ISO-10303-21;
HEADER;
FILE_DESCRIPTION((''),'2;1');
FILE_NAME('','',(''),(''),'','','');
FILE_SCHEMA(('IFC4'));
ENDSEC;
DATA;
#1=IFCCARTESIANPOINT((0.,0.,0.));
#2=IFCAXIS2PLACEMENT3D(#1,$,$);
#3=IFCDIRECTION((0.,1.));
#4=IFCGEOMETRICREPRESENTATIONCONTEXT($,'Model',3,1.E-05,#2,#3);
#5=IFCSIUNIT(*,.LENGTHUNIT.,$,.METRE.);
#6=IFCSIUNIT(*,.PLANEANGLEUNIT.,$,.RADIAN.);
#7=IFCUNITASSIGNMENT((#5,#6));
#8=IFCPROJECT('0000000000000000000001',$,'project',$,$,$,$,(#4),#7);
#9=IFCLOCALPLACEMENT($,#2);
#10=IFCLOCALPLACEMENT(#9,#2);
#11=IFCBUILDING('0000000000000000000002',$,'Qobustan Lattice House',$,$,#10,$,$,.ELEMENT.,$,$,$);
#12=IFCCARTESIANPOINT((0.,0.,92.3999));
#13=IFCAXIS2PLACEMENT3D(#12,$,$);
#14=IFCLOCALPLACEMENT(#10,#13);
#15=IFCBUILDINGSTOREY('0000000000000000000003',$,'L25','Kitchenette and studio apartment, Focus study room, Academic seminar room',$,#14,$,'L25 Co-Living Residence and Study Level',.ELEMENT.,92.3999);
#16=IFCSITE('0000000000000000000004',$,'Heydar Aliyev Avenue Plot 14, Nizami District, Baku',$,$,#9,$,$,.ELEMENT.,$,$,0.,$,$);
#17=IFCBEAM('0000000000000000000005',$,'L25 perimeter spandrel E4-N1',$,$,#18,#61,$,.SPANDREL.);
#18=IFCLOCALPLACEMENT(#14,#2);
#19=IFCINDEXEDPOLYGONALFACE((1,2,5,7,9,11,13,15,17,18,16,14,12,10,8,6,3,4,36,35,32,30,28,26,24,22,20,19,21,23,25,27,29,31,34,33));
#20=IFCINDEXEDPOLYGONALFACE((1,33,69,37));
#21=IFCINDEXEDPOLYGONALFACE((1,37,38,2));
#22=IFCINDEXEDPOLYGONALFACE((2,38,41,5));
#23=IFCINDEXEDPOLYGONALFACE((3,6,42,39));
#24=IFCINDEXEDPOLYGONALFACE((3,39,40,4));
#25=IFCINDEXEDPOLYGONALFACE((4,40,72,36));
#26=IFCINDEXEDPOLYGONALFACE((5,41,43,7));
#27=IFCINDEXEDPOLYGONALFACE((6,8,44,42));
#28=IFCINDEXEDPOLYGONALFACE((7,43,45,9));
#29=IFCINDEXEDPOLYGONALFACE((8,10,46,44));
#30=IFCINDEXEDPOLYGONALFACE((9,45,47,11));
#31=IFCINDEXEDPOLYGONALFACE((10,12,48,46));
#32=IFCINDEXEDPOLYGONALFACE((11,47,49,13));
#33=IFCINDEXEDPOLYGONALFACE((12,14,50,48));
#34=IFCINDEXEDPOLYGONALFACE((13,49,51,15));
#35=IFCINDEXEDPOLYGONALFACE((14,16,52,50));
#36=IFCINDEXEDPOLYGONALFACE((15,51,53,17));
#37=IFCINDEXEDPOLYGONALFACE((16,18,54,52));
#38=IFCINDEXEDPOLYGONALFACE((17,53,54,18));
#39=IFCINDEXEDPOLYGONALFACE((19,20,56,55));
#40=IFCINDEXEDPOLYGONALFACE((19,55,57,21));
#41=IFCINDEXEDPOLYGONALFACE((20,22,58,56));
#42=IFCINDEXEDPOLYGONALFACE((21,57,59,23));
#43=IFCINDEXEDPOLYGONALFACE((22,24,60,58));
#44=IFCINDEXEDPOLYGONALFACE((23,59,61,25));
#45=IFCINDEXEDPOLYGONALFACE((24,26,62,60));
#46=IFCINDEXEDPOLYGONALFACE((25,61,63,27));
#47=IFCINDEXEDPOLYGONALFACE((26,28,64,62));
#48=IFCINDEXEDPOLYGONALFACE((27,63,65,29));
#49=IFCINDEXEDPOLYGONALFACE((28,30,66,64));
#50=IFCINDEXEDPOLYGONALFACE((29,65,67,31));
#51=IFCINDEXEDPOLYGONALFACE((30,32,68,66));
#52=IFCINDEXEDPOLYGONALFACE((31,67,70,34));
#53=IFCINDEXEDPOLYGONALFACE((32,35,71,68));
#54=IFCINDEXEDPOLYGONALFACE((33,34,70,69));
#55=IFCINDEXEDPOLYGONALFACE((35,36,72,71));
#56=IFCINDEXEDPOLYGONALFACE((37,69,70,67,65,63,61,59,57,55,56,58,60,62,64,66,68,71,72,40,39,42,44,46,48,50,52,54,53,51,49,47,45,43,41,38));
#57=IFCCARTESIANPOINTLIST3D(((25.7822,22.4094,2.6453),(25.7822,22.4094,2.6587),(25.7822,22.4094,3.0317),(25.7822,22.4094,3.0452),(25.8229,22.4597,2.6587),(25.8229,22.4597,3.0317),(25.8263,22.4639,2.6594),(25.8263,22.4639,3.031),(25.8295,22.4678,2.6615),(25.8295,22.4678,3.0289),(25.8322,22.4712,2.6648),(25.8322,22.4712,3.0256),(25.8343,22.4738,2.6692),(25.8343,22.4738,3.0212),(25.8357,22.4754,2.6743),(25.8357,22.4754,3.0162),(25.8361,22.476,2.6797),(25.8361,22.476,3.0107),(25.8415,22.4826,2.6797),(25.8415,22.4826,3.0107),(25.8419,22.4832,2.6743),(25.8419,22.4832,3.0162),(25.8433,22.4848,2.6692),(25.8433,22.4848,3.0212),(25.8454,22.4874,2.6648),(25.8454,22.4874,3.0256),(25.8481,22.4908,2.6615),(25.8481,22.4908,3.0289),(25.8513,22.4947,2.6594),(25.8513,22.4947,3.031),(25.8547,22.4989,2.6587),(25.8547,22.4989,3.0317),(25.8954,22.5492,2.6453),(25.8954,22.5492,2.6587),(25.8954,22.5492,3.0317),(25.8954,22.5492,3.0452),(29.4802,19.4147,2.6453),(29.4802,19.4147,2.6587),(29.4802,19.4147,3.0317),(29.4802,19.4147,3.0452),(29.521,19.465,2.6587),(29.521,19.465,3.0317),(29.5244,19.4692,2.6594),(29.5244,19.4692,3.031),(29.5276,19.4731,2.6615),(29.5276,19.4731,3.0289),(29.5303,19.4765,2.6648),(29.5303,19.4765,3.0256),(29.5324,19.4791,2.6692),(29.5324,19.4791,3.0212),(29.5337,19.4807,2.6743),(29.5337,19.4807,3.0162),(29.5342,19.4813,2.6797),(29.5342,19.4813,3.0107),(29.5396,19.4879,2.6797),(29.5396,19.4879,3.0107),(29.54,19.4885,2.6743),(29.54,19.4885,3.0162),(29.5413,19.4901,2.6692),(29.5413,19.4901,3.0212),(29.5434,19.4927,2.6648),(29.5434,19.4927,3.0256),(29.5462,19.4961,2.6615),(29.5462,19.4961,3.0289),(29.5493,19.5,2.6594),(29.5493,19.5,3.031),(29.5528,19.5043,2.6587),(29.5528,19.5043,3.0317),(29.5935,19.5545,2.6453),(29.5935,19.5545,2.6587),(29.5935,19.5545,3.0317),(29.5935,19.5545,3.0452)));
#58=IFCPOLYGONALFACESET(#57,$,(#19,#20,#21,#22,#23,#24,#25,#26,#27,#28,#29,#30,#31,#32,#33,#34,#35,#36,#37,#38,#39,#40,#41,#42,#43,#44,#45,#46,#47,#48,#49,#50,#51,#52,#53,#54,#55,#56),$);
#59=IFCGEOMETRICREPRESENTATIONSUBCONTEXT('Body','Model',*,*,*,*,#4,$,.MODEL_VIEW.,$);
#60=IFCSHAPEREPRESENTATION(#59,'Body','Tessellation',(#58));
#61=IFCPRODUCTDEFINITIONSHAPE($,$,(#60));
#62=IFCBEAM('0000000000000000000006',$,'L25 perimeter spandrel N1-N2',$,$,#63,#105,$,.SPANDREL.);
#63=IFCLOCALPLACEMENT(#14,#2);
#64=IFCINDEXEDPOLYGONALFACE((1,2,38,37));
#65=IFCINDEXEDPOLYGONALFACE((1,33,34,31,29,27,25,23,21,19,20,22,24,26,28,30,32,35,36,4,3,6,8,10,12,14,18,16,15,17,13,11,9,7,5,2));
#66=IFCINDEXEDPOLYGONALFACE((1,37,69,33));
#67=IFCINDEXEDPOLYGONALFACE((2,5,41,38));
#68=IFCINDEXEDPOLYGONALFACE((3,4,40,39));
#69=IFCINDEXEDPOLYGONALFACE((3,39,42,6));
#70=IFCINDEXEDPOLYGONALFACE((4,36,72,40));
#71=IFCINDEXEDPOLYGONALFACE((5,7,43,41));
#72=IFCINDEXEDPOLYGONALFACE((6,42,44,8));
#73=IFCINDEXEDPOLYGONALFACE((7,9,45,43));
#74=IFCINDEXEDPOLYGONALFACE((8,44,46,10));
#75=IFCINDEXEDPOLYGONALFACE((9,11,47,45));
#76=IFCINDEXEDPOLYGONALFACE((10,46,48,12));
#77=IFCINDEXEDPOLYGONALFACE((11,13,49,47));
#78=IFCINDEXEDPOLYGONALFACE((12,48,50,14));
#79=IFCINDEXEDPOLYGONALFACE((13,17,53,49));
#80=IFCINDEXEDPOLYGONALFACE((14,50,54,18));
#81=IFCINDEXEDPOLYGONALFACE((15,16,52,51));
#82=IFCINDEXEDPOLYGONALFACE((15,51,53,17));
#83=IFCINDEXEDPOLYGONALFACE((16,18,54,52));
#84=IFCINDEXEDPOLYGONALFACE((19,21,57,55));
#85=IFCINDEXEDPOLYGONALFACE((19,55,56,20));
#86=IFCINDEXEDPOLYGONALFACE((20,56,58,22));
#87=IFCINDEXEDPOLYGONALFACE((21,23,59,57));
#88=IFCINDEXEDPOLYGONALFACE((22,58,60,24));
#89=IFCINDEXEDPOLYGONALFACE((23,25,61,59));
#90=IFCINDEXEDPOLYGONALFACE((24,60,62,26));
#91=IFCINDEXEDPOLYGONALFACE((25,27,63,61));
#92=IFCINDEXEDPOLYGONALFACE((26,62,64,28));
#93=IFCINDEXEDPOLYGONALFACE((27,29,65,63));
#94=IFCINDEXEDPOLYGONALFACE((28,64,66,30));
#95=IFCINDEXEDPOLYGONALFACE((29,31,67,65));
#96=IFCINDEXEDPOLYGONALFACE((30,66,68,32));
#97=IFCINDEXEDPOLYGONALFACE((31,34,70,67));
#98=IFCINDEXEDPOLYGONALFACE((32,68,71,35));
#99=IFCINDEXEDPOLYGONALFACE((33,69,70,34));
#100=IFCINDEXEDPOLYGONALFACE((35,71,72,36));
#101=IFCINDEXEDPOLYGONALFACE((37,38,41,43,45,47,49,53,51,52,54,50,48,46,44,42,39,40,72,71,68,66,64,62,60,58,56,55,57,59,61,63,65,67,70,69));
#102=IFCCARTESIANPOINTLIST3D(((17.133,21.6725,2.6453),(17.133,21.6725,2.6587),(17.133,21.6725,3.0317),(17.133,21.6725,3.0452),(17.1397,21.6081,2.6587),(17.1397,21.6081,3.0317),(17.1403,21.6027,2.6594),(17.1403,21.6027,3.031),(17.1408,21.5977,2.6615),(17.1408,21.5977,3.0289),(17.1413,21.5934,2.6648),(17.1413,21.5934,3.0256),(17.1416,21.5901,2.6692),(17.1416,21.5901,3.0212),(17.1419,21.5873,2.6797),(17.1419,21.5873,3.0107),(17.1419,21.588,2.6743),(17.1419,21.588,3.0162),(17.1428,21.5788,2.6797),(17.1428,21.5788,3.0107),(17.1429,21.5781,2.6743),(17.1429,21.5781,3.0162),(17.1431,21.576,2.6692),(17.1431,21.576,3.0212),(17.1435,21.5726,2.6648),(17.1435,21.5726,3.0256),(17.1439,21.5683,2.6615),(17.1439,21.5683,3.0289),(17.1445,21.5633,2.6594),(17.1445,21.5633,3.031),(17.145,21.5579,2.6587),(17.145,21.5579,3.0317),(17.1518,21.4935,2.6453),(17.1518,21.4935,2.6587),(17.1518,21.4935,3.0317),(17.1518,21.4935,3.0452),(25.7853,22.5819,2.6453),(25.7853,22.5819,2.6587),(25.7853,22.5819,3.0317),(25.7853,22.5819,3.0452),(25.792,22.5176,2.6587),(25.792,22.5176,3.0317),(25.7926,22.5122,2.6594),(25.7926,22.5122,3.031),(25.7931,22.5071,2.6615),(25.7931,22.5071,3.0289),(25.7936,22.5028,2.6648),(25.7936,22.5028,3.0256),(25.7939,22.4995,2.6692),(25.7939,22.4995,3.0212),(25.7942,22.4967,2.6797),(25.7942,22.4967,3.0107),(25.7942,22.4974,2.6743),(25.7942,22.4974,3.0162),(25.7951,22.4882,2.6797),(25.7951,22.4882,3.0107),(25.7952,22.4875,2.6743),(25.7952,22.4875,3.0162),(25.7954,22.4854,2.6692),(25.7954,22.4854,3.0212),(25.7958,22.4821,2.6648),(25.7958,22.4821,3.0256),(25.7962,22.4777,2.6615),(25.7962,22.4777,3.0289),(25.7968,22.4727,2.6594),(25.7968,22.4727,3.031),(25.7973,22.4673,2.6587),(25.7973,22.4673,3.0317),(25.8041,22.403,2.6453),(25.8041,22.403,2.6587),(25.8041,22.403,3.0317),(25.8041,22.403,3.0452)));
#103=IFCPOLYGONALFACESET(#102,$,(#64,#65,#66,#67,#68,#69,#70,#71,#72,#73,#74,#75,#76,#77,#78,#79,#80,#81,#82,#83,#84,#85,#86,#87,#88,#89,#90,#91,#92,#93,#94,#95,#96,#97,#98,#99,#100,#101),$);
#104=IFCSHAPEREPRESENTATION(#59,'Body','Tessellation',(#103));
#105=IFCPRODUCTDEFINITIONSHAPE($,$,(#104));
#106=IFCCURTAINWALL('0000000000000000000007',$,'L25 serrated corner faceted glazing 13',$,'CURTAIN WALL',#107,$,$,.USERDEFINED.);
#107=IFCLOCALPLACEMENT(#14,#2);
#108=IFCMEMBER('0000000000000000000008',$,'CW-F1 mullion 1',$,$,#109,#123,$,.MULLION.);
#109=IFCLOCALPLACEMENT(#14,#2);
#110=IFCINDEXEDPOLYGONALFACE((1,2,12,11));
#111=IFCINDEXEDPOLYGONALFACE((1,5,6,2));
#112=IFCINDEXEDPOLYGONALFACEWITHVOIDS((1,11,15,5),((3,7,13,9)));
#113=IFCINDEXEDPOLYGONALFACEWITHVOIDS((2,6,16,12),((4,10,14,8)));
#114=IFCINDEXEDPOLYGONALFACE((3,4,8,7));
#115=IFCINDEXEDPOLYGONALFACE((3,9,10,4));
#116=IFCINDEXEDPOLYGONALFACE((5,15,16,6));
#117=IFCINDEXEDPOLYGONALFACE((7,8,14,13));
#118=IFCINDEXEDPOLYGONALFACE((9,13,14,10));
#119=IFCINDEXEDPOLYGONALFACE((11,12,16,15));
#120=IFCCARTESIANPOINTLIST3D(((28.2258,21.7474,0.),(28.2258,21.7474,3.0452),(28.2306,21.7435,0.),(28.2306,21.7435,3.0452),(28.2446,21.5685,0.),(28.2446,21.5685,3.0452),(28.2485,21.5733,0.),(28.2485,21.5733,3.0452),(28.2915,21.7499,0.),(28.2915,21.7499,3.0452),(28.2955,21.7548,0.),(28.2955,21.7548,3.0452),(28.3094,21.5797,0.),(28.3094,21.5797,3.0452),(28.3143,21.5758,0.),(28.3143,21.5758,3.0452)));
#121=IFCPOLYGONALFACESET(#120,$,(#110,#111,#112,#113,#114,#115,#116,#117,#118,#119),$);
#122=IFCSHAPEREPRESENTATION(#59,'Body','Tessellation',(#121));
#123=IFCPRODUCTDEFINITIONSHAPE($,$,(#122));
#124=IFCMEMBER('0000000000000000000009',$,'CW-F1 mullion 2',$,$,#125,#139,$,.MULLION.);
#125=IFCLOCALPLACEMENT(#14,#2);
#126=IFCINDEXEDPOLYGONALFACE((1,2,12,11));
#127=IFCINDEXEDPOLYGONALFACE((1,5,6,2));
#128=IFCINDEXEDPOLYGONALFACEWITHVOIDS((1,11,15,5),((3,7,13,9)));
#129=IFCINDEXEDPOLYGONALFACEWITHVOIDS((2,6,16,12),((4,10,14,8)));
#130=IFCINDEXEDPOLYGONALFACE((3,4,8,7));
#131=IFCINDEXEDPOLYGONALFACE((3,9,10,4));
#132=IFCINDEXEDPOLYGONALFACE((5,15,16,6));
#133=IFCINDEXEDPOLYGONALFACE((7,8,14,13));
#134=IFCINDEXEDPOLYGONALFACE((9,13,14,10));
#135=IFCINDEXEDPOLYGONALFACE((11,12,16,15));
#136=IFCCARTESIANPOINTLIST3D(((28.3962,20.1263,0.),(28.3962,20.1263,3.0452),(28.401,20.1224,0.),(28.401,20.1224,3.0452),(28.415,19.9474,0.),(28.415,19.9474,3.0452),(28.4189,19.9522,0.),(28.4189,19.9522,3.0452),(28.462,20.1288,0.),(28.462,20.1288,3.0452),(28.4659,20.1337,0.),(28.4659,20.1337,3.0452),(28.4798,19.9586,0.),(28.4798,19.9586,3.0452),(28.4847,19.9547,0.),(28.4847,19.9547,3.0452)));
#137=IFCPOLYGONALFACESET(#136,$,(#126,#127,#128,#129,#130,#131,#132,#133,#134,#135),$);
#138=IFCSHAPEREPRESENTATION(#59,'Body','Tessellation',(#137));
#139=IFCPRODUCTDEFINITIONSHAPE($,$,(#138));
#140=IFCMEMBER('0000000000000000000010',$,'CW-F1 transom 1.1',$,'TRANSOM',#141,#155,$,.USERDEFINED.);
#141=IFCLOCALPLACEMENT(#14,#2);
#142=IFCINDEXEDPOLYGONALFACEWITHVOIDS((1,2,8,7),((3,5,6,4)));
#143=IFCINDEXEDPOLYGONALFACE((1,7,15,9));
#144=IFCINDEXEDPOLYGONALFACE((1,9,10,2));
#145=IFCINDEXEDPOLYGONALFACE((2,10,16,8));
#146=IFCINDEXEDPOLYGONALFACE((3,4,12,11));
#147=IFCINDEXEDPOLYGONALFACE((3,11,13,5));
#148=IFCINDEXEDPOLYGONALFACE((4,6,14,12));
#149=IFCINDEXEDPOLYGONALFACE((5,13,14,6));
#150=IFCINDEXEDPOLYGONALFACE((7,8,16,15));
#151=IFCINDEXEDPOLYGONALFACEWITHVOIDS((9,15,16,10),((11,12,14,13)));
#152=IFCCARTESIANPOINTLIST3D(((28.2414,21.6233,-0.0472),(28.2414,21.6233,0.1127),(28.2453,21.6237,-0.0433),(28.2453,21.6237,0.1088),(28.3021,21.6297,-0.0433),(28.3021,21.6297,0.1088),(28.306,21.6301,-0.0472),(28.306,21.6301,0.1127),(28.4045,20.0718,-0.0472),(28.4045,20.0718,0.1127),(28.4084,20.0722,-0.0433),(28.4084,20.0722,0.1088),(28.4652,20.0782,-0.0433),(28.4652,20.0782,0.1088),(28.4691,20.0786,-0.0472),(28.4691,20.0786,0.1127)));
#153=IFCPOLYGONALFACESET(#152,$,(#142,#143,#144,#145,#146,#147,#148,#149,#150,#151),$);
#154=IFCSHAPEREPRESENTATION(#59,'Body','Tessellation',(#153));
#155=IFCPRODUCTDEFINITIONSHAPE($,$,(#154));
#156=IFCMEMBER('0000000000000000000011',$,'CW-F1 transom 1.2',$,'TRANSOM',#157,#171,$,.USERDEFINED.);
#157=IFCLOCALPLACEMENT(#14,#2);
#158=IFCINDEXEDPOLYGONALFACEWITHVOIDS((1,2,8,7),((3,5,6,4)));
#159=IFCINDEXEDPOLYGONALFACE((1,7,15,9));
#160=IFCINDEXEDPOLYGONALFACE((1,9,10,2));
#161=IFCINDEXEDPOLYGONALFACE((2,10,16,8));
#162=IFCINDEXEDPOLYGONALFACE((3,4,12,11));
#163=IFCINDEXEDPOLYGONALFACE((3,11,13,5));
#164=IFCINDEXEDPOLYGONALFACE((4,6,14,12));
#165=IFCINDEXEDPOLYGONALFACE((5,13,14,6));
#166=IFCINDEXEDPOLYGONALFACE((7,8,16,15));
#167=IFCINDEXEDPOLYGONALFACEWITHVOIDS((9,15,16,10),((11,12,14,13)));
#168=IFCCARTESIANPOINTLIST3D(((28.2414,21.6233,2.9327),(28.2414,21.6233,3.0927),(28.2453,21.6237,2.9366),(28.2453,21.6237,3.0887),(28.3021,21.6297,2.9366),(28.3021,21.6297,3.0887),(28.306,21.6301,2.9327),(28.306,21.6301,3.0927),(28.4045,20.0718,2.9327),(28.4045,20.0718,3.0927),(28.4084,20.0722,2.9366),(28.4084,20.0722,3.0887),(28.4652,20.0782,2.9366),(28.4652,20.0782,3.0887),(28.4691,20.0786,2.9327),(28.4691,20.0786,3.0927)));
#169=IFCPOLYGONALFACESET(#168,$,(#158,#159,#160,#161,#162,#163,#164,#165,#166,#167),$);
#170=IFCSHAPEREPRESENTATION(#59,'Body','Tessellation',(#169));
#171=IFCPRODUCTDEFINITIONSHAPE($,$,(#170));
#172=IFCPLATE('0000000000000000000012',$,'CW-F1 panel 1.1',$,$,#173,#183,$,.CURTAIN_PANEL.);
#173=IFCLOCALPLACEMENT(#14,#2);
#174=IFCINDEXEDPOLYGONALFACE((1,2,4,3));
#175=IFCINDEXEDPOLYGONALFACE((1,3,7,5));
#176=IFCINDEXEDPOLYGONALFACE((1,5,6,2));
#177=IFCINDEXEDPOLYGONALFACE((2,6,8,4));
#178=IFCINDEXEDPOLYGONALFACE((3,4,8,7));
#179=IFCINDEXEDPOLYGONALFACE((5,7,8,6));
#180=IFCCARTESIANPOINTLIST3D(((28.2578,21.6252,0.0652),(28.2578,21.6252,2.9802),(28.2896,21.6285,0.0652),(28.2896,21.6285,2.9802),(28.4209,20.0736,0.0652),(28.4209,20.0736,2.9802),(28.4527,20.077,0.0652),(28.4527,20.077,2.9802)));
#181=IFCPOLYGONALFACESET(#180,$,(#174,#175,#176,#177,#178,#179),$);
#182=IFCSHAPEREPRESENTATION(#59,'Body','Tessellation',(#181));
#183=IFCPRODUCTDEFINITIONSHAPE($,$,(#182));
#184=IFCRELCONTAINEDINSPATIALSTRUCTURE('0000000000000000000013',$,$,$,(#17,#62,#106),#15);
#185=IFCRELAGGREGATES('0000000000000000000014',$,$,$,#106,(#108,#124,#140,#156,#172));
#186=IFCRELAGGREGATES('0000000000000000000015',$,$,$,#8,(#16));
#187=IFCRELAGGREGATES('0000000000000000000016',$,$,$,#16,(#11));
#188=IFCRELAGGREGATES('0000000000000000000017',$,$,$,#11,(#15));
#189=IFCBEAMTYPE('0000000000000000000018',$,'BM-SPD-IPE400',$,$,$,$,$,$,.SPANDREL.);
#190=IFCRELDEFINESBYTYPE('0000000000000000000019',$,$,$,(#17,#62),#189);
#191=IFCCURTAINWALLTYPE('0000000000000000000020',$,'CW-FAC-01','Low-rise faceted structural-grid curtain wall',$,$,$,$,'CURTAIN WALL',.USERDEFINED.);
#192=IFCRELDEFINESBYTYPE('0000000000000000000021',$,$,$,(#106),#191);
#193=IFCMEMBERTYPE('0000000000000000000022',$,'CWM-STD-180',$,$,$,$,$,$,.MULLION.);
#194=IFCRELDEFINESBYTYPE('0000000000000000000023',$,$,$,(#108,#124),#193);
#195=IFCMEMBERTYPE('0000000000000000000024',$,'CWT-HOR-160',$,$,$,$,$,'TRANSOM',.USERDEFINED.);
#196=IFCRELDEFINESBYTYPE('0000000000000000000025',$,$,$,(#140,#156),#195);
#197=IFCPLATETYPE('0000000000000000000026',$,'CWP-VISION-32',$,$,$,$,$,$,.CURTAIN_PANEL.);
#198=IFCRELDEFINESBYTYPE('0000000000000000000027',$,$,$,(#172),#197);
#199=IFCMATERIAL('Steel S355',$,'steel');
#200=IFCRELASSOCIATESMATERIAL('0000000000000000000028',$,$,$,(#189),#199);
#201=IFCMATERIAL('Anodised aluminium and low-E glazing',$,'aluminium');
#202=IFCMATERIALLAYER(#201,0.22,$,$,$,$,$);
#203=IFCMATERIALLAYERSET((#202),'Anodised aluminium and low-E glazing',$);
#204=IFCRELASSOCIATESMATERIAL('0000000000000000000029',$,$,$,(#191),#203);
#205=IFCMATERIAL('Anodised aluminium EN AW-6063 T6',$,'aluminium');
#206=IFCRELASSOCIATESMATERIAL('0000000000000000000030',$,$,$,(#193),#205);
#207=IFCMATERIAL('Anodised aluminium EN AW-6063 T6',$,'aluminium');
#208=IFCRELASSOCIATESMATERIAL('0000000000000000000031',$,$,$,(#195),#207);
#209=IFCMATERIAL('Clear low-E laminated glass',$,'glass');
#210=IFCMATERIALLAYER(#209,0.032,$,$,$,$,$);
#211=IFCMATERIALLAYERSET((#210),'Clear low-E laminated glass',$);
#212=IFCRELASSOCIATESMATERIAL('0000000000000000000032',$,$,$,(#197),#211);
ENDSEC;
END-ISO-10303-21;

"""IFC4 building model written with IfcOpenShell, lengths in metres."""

from ifc_helpers import new_model, si_unit, direction, frame, origin, origin_2d, place, context, subcontext, project, spatial, rectangle, hollow_rectangle, i_section, extrude, material, layer, layer_set, material_profile, profile_set, type_object, element, aggregate, save


model = new_model("IFC4")

# Units and contexts
model_context = context("Model", 3, precision=1e-05, world=origin(), true_north=direction((0.0, 1.0)))
body_context = subcontext(model_context, "Body", "Model", "MODEL_VIEW")
ifc_project = project(units=[si_unit("LENGTHUNIT", "METRE"), si_unit("PLANEANGLEUNIT", "RADIAN")], contexts=[model_context])

# Site, building, storey
site_placement = place(None, origin())
site = spatial("IfcSite", under=ifc_project, at=site_placement, Name="Heydar Aliyev Avenue Plot 14, Nizami District, Baku", CompositionType="ELEMENT", RefElevation=0.0)
building_placement = place(site_placement, origin())
building = spatial("IfcBuilding", under=site, at=building_placement, Name="Qobustan Lattice House", CompositionType="ELEMENT")
storey_placement = place(building_placement, frame((0.0, 0.0, 92.3999)))
storey = spatial("IfcBuildingStorey", under=building, at=storey_placement, Name="L25", Description="Kitchenette and studio apartment, Focus study room, Academic seminar room", LongName="L25 Co-Living Residence and Study Level", CompositionType="ELEMENT", Elevation=92.3999)

# Beams
ifc_material_1 = material(Name="Steel S355", Category="steel")
ifc_material_profile_1 = material_profile(ifc_material_1, i_section(OverallWidth=0.1799, OverallDepth=0.3999, WebThickness=0.0085, FlangeThickness=0.0134, FilletRadius=0.021, at=origin_2d()), Name="IPE400")
ifc_profile_set_1 = profile_set([ifc_material_profile_1], Name="Steel S355")
beam_type_1 = type_object("IfcBeamType", Name="BM-SPD-IPE400", PredefinedType="SPANDREL", material=ifc_profile_set_1)
beam_1_placement = place(storey_placement, frame((29.5369, 19.4846, 2.8452), z_axis=(-0.777141, 0.629327, 0.0), x_axis=(-0.629327, -0.777141, 0.0)))
element("IfcBeam", 1, at=beam_1_placement, inside=storey, type_object=beam_type_1, Name="L25 perimeter spandrel E4-N1", PredefinedType="SPANDREL", context=body_context, shape_type="SweptSolid", body=[
    extrude(i_section(OverallWidth=0.1799, OverallDepth=0.3999, WebThickness=0.0085, FlangeThickness=0.0134, FilletRadius=0.021, at=origin_2d()), origin(), (0.0, 0.0, 1.0), 4.7585),
])
beam_2_placement = place(storey_placement, frame((25.7947, 22.4924, 2.8452), z_axis=(-0.994522, -0.104531, 0.0), x_axis=(0.104531, -0.994522, 0.0)))
element("IfcBeam", 2, at=beam_2_placement, inside=storey, type_object=beam_type_1, Name="L25 perimeter spandrel N1-N2", PredefinedType="SPANDREL", context=body_context, shape_type="SweptSolid", body=[
    extrude(i_section(OverallWidth=0.1799, OverallDepth=0.3999, WebThickness=0.0085, FlangeThickness=0.0134, FilletRadius=0.021, at=origin_2d()), origin(), (0.0, 0.0, 1.0), 8.7),
])

# Curtain wall, members, plate
ifc_material_2 = material(Name="Anodised aluminium and low-E glazing", Category="aluminium")
ifc_layer_1 = layer(ifc_material_2, 0.22)
ifc_layer_set_1 = layer_set([ifc_layer_1], Name="Anodised aluminium and low-E glazing")
curtain_wall_type = type_object("IfcCurtainWallType", Name="CW-FAC-01", Description="Low-rise faceted structural-grid curtain wall", ElementType="CURTAIN WALL", PredefinedType="USERDEFINED", material=ifc_layer_set_1)
curtain_wall_placement = place(storey_placement, origin())
curtain_wall = element("IfcCurtainWall", 3, at=curtain_wall_placement, inside=storey, type_object=curtain_wall_type, Name="L25 serrated corner faceted glazing 13", ObjectType="CURTAIN WALL", PredefinedType="USERDEFINED")
ifc_material_3 = material(Name="Anodised aluminium EN AW-6063 T6", Category="aluminium")
ifc_material_profile_2 = material_profile(ifc_material_3, hollow_rectangle(XDim=0.0701, YDim=0.1799, WallThickness=0.0044, at=origin_2d()), Name="CWM-180x70")
ifc_profile_set_2 = profile_set([ifc_material_profile_2], Name="Anodised aluminium EN AW-6063 T6")
member_type_1 = type_object("IfcMemberType", Name="CWM-STD-180", PredefinedType="MULLION", material=ifc_profile_set_2)
member_1_placement = place(storey_placement, frame((28.27, 21.6616, 0.0), z_axis=(0.0, 0.0, 1.0), x_axis=(0.994522, 0.104529, 0.0)))
member_1 = element("IfcMember", 4, at=member_1_placement, type_object=member_type_1, Name="CW-F1 mullion 1", PredefinedType="MULLION", context=body_context, shape_type="SweptSolid", body=[
    extrude(hollow_rectangle(XDim=0.0701, YDim=0.1799, WallThickness=0.0044, at=origin_2d()), origin(), (0.0, 0.0, 1.0), 3.0452),
])
member_2_placement = place(storey_placement, frame((28.4404, 20.0405, 0.0), z_axis=(0.0, 0.0, 1.0), x_axis=(0.994522, 0.104529, 0.0)))
member_2 = element("IfcMember", 5, at=member_2_placement, type_object=member_type_1, Name="CW-F1 mullion 2", PredefinedType="MULLION", context=body_context, shape_type="SweptSolid", body=[
    extrude(hollow_rectangle(XDim=0.0701, YDim=0.1799, WallThickness=0.0044, at=origin_2d()), origin(), (0.0, 0.0, 1.0), 3.0452),
])
ifc_material_4 = material(Name="Anodised aluminium EN AW-6063 T6", Category="aluminium")
ifc_material_profile_3 = material_profile(ifc_material_4, hollow_rectangle(XDim=0.0649, YDim=0.1599, WallThickness=0.0039, at=origin_2d()), Name="CWT-160x65")
ifc_profile_set_3 = profile_set([ifc_material_profile_3], Name="Anodised aluminium EN AW-6063 T6")
member_type_2 = type_object("IfcMemberType", Name="CWT-HOR-160", ElementType="TRANSOM", PredefinedType="USERDEFINED", material=ifc_profile_set_3)
member_3_placement = place(storey_placement, frame((28.2737, 21.6267, 0.0327), z_axis=(0.104538, -0.994521, 0.0), x_axis=(0.994521, 0.104538, 0.0)))
member_3 = element("IfcMember", 6, at=member_3_placement, type_object=member_type_2, Name="CW-F1 transom 1.1", ObjectType="TRANSOM", PredefinedType="USERDEFINED", context=body_context, shape_type="SweptSolid", body=[
    extrude(hollow_rectangle(XDim=0.0649, YDim=0.1599, WallThickness=0.0039, at=origin_2d()), origin(), (0.0, 0.0, 1.0), 1.5601),
])
member_4_placement = place(storey_placement, frame((28.2737, 21.6267, 3.0127), z_axis=(0.104538, -0.994521, 0.0), x_axis=(0.994521, 0.104538, 0.0)))
member_4 = element("IfcMember", 7, at=member_4_placement, type_object=member_type_2, Name="CW-F1 transom 1.2", ObjectType="TRANSOM", PredefinedType="USERDEFINED", context=body_context, shape_type="SweptSolid", body=[
    extrude(hollow_rectangle(XDim=0.0649, YDim=0.1599, WallThickness=0.0039, at=origin_2d()), origin(), (0.0, 0.0, 1.0), 1.5601),
])
ifc_material_5 = material(Name="Clear low-E laminated glass", Category="glass")
ifc_layer_2 = layer(ifc_material_5, 0.032)
ifc_layer_set_2 = layer_set([ifc_layer_2], Name="Clear low-E laminated glass")
plate_type_1 = type_object("IfcPlateType", Name="CWP-VISION-32", PredefinedType="CURTAIN_PANEL", material=ifc_layer_set_2)
plate_1_placement = place(storey_placement, frame((28.3552, 20.8511, 0.0652), z_axis=(0.0, 0.0, 1.0), x_axis=(0.104529, -0.994522, 0.0)))
plate_1 = element("IfcPlate", 8, at=plate_1_placement, type_object=plate_type_1, Name="CW-F1 panel 1.1", PredefinedType="CURTAIN_PANEL", context=body_context, shape_type="SweptSolid", body=[
    extrude(rectangle(XDim=1.5601, YDim=0.032, at=origin_2d()), origin(), (0.0, 0.0, 1.0), 2.915),
])
aggregate(curtain_wall, [member_1, member_2, member_3, member_4, plate_1])

save(model, "model.ifc")
